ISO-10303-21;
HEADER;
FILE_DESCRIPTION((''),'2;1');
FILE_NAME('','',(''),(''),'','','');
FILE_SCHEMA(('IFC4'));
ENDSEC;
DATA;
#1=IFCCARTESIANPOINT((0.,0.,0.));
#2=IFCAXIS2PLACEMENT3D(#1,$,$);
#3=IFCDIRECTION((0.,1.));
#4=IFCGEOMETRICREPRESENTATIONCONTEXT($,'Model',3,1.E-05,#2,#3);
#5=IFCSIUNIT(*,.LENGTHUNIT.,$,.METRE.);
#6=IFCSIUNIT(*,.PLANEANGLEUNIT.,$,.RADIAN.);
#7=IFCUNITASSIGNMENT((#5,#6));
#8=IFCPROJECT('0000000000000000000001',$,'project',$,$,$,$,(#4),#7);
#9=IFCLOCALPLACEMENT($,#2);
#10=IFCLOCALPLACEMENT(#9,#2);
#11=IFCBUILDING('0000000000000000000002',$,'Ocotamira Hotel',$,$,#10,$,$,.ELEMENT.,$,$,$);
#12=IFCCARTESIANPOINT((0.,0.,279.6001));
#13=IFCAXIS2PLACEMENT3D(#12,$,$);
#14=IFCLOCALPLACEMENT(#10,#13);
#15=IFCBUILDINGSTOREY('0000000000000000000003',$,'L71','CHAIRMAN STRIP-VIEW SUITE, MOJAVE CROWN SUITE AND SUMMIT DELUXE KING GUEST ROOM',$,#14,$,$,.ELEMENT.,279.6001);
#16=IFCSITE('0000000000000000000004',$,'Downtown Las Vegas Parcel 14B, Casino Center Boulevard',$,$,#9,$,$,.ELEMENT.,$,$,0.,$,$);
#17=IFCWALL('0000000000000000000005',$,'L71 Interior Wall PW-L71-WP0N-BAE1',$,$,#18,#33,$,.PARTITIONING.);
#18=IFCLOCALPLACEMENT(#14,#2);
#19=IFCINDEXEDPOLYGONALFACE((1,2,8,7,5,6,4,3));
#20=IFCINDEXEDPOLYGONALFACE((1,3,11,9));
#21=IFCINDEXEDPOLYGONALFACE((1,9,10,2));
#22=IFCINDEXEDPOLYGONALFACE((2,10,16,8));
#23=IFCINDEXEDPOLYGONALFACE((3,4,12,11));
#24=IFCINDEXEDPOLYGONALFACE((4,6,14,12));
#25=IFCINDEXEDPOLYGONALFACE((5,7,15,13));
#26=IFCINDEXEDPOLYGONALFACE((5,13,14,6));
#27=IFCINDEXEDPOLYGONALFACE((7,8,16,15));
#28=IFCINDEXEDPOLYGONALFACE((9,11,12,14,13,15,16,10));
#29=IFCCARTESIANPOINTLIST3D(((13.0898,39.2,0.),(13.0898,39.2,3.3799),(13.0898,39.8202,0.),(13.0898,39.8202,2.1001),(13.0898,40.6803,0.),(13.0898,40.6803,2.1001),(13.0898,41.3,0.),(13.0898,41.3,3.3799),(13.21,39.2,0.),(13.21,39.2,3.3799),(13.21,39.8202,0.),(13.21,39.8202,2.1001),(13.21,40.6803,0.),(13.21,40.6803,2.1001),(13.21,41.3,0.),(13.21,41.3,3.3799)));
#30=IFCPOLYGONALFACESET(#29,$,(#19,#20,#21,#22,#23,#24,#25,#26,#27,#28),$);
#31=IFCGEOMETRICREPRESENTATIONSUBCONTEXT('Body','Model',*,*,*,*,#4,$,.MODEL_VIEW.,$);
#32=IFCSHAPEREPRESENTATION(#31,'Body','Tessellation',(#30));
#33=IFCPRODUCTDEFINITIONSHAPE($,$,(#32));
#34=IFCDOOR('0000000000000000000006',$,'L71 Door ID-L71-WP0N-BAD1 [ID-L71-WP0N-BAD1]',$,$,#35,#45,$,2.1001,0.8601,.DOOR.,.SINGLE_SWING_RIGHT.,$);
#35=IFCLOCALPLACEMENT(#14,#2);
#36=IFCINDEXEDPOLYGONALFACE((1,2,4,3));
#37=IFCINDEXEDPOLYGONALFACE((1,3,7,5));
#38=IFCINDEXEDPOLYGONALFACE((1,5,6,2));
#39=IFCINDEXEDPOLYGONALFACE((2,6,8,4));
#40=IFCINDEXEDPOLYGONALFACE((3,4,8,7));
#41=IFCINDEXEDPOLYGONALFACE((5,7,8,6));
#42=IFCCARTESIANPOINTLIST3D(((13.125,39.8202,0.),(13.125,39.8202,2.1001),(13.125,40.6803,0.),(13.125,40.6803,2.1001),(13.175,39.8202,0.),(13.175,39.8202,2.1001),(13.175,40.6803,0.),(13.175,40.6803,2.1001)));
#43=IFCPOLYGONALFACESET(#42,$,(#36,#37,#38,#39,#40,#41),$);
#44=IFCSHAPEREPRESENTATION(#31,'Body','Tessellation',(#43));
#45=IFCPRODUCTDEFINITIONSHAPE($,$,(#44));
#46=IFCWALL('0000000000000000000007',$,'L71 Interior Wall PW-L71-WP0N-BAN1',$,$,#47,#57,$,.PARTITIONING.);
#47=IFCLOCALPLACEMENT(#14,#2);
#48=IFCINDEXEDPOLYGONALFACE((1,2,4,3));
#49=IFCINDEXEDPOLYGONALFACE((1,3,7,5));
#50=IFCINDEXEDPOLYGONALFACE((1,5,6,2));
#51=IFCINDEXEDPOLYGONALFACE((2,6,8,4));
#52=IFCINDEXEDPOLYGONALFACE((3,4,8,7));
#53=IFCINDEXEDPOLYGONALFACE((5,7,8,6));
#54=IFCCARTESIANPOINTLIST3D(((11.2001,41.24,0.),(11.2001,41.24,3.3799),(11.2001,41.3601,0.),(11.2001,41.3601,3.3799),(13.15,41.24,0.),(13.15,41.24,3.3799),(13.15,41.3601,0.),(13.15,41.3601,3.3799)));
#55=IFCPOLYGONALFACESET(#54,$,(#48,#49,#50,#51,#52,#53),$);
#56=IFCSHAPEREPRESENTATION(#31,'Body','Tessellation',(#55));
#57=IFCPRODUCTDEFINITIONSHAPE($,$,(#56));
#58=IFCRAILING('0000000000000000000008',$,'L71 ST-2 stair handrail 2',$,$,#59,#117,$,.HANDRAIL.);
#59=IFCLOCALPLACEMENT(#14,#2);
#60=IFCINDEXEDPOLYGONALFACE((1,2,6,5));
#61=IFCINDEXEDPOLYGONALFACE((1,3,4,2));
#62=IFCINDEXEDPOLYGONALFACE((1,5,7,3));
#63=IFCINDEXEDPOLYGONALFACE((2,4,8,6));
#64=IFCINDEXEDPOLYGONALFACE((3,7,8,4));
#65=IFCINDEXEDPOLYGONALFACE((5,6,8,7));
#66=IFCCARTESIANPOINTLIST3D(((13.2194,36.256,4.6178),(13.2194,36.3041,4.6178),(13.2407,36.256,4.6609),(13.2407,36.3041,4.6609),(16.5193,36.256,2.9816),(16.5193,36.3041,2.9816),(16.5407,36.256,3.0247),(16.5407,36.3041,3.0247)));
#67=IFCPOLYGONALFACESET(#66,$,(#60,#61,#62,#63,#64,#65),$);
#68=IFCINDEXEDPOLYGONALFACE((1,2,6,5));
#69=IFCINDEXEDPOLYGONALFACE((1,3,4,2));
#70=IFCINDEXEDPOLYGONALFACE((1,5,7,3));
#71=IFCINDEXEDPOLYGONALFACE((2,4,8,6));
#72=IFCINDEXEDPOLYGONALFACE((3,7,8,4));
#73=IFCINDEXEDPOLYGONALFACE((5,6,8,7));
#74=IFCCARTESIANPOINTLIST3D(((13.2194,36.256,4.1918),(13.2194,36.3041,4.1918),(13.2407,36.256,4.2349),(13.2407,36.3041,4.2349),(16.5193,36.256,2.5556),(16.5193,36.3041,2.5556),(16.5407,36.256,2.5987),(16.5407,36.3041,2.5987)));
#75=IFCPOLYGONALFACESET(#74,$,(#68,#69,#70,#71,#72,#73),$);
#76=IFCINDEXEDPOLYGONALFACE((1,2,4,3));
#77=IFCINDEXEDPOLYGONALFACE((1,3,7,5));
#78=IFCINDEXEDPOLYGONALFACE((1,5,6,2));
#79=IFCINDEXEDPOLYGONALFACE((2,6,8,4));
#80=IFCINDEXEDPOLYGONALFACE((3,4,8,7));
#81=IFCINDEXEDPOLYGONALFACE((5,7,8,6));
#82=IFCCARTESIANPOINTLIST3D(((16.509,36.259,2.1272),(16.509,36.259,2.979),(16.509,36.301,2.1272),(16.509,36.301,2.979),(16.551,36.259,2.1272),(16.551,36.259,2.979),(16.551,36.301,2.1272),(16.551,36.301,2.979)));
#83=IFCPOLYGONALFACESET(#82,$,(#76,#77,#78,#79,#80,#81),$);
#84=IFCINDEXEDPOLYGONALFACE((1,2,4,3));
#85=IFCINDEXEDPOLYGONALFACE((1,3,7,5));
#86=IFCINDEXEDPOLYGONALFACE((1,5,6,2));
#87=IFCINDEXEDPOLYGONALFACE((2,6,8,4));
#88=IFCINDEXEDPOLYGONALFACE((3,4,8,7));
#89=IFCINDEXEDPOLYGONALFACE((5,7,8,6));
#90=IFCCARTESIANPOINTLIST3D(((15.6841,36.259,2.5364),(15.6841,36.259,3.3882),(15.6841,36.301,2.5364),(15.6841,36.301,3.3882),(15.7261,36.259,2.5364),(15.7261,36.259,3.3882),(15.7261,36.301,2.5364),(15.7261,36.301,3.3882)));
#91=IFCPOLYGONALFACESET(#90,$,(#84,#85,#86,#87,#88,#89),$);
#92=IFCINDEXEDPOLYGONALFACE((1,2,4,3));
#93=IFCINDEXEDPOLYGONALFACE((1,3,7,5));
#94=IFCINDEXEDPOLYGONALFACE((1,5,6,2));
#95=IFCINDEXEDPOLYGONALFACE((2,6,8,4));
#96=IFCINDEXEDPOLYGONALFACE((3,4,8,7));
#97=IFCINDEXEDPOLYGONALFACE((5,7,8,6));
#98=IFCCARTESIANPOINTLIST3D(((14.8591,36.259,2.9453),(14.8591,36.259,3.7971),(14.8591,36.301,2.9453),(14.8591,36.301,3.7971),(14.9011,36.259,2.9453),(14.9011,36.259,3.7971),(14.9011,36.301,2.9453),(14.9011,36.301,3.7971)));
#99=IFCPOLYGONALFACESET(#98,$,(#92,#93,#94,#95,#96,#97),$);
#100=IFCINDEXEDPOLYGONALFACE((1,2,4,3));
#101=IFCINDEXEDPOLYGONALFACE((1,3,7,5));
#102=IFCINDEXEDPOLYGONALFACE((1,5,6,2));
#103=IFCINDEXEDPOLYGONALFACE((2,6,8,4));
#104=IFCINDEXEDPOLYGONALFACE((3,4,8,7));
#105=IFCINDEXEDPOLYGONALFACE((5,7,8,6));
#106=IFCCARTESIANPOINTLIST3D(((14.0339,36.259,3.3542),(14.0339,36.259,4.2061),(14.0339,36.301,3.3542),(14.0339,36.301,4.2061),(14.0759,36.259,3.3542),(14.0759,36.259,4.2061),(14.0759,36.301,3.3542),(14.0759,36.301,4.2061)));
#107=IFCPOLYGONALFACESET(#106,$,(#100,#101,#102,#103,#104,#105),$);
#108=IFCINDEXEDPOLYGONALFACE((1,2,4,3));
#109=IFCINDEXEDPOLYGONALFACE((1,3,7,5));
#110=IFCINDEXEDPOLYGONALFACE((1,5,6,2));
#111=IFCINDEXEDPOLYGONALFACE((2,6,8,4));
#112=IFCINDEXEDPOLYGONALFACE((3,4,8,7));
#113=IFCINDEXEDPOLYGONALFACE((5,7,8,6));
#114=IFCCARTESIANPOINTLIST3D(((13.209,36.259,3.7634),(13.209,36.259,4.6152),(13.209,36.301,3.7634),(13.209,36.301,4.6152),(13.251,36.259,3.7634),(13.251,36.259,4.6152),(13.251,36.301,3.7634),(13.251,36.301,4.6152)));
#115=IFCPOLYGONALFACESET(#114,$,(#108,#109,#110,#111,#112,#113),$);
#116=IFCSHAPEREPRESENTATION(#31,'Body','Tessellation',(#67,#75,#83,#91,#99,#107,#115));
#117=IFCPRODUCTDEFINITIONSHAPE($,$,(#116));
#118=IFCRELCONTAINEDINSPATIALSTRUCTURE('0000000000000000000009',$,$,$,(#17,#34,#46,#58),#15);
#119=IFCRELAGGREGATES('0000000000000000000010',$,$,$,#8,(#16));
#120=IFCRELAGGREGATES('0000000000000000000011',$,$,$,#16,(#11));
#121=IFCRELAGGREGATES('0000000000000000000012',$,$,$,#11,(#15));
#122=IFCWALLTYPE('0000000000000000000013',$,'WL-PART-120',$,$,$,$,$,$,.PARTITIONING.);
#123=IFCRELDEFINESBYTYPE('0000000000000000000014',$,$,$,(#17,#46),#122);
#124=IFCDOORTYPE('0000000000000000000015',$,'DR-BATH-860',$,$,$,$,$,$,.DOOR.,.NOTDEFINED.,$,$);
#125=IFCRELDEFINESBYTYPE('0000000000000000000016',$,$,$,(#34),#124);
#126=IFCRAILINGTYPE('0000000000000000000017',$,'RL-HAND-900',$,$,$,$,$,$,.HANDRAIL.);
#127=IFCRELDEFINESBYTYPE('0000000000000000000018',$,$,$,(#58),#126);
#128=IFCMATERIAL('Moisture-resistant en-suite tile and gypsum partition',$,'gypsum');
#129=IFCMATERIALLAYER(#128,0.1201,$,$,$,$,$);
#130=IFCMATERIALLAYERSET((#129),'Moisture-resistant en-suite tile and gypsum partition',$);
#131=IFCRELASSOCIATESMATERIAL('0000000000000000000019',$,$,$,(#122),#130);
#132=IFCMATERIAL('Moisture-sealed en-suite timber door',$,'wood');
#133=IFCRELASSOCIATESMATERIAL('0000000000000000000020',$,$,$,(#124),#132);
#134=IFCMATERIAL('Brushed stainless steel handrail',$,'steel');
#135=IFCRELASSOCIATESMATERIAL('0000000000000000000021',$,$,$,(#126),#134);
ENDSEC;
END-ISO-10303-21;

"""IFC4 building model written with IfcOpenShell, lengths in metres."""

from ifc_helpers import new_model, si_unit, direction, frame, frame_2d, origin, origin_2d, place, context, subcontext, project, spatial, rectangle, extrude, source, transform, mapped, material, layer, layer_set, type_object, element, fill, save


model = new_model("IFC4")

# Units and contexts
model_context = context("Model", 3, precision=1e-05, world=origin(), true_north=direction((0.0, 1.0)))
body_context = subcontext(model_context, "Body", "Model", "MODEL_VIEW")
ifc_project = project(units=[si_unit("LENGTHUNIT", "METRE"), si_unit("PLANEANGLEUNIT", "RADIAN")], contexts=[model_context])

# Site, building, storey
site_placement = place(None, origin())
site = spatial("IfcSite", under=ifc_project, at=site_placement, Name="Downtown Las Vegas Parcel 14B, Casino Center Boulevard", CompositionType="ELEMENT", RefElevation=0.0)
building_placement = place(site_placement, origin())
building = spatial("IfcBuilding", under=site, at=building_placement, Name="Ocotamira Hotel", CompositionType="ELEMENT")
storey_placement = place(building_placement, frame((0.0, 0.0, 279.6001)))
storey = spatial("IfcBuildingStorey", under=building, at=storey_placement, Name="L71", Description="CHAIRMAN STRIP-VIEW SUITE, MOJAVE CROWN SUITE AND SUMMIT DELUXE KING GUEST ROOM", CompositionType="ELEMENT", Elevation=279.6001)

# Wall, opening, door
ifc_material_1 = material(Name="Moisture-resistant en-suite tile and gypsum partition", Category="gypsum")
ifc_layer_1 = layer(ifc_material_1, 0.1201)
ifc_layer_set_1 = layer_set([ifc_layer_1], Name="Moisture-resistant en-suite tile and gypsum partition")
wall_type_1 = type_object("IfcWallType", Name="WL-PART-120", PredefinedType="PARTITIONING", material=ifc_layer_set_1)
wall_1_placement = place(storey_placement, frame((13.1499, 39.2, 0.0), z_axis=(0.0, 0.0, 1.0), x_axis=(0.0, 1.0, 0.0)))
wall_1 = element("IfcWall", 1, at=wall_1_placement, inside=storey, type_object=wall_type_1, Name="L71 Interior Wall PW-L71-WP0N-BAE1", PredefinedType="PARTITIONING", context=body_context, shape_type="SweptSolid", body=[
    extrude(rectangle(XDim=2.1001, YDim=0.1201, at=frame_2d((1.05, 0.0))), origin(), (0.0, 0.0, 1.0), 3.3799),
])
opening_placement = place(wall_1_placement, frame((0.6201, 0.0, 0.0)))
opening = element("IfcOpeningElement", 2, at=opening_placement, cuts=wall_1, PredefinedType="OPENING", context=body_context, shape_type="SweptSolid", body=[
    extrude(rectangle(XDim=0.8601, YDim=2.1001, at=frame_2d((0.4302, 1.05))), frame((0.0, 0.0701, 0.0), z_axis=(0.0, -1.0, 0.0), x_axis=(1.0, 0.0, 0.0)), (0.0, 0.0, 1.0), 0.1401),
])
ifc_material_2 = material(Name="Moisture-sealed en-suite timber door", Category="wood")
door_type = type_object("IfcDoorType", Name="DR-BATH-860", OperationType="NOTDEFINED", PredefinedType="DOOR", material=ifc_material_2)
shared_shape_1 = source(origin(), body_context, "Body", "SweptSolid", [
    extrude(rectangle(XDim=0.8601, YDim=2.1001, at=frame_2d((0.4302, 1.05))), frame((0.0, 0.0249, 0.0), z_axis=(0.0, -1.0, 0.0), x_axis=(1.0, 0.0, 0.0)), (0.0, 0.0, 1.0), 0.05),
])
door_placement = place(opening_placement, origin())
door = element("IfcDoor", 3, at=door_placement, inside=storey, type_object=door_type, Name="L71 Door ID-L71-WP0N-BAD1 [ID-L71-WP0N-BAD1]", OperationType="SINGLE_SWING_RIGHT", OverallHeight=2.1001, OverallWidth=0.8601, PredefinedType="DOOR", context=body_context, shape_type="MappedRepresentation", body=[
    mapped(shared_shape_1, transform((0.0, 0.0, 0.0), scale=1.0)),
])
fill(opening, door)

# Wall
wall_2_placement = place(storey_placement, frame((11.2, 41.3, 0.0), z_axis=(0.0, 0.0, 1.0), x_axis=(1.0, 0.0, 0.0)))
element("IfcWall", 4, at=wall_2_placement, inside=storey, type_object=wall_type_1, Name="L71 Interior Wall PW-L71-WP0N-BAN1", PredefinedType="PARTITIONING", context=body_context, shape_type="SweptSolid", body=[
    extrude(rectangle(XDim=1.95, YDim=0.1201, at=frame_2d((0.9751, 0.0))), origin(), (0.0, 0.0, 1.0), 3.3799),
])

# Railing
ifc_material_3 = material(Name="Brushed stainless steel handrail", Category="steel")
railing_type = type_object("IfcRailingType", Name="RL-HAND-900", PredefinedType="HANDRAIL", material=ifc_material_3)
railing_placement = place(storey_placement, frame((16.53, 36.28, 2.1272)))
element("IfcRailing", 5, at=railing_placement, inside=storey, type_object=railing_type, Name="L71 ST-2 stair handrail 2", PredefinedType="HANDRAIL", context=body_context, shape_type="SweptSolid", body=[
    extrude(rectangle(XDim=0.0481, YDim=0.0481, at=origin_2d()), frame((0.0, 0.0, 0.876), z_axis=(-0.89592, 0.0, 0.444215), x_axis=(0.0, -1.0, 0.0)), (0.0, 0.0, 1.0), 3.6833),
    extrude(rectangle(XDim=0.0481, YDim=0.0481, at=origin_2d()), frame((0.0, 0.0, 0.45), z_axis=(-0.89592, 0.0, 0.444215), x_axis=(0.0, -1.0, 0.0)), (0.0, 0.0, 1.0), 3.6833),
    extrude(rectangle(XDim=0.042, YDim=0.042, at=origin_2d()), origin(), (0.0, 0.0, 1.0), 0.8518),
    extrude(rectangle(XDim=0.042, YDim=0.042, at=origin_2d()), frame((-0.825, 0.0, 0.4092)), (0.0, 0.0, 1.0), 0.8518),
    extrude(rectangle(XDim=0.042, YDim=0.042, at=origin_2d()), frame((-1.6499, 0.0, 0.8181)), (0.0, 0.0, 1.0), 0.8518),
    extrude(rectangle(XDim=0.042, YDim=0.042, at=origin_2d()), frame((-2.4751, 0.0, 1.2271)), (0.0, 0.0, 1.0), 0.8518),
    extrude(rectangle(XDim=0.042, YDim=0.042, at=origin_2d()), frame((-3.3, 0.0, 1.6362)), (0.0, 0.0, 1.0), 0.8518),
])

save(model, "model.ifc")
